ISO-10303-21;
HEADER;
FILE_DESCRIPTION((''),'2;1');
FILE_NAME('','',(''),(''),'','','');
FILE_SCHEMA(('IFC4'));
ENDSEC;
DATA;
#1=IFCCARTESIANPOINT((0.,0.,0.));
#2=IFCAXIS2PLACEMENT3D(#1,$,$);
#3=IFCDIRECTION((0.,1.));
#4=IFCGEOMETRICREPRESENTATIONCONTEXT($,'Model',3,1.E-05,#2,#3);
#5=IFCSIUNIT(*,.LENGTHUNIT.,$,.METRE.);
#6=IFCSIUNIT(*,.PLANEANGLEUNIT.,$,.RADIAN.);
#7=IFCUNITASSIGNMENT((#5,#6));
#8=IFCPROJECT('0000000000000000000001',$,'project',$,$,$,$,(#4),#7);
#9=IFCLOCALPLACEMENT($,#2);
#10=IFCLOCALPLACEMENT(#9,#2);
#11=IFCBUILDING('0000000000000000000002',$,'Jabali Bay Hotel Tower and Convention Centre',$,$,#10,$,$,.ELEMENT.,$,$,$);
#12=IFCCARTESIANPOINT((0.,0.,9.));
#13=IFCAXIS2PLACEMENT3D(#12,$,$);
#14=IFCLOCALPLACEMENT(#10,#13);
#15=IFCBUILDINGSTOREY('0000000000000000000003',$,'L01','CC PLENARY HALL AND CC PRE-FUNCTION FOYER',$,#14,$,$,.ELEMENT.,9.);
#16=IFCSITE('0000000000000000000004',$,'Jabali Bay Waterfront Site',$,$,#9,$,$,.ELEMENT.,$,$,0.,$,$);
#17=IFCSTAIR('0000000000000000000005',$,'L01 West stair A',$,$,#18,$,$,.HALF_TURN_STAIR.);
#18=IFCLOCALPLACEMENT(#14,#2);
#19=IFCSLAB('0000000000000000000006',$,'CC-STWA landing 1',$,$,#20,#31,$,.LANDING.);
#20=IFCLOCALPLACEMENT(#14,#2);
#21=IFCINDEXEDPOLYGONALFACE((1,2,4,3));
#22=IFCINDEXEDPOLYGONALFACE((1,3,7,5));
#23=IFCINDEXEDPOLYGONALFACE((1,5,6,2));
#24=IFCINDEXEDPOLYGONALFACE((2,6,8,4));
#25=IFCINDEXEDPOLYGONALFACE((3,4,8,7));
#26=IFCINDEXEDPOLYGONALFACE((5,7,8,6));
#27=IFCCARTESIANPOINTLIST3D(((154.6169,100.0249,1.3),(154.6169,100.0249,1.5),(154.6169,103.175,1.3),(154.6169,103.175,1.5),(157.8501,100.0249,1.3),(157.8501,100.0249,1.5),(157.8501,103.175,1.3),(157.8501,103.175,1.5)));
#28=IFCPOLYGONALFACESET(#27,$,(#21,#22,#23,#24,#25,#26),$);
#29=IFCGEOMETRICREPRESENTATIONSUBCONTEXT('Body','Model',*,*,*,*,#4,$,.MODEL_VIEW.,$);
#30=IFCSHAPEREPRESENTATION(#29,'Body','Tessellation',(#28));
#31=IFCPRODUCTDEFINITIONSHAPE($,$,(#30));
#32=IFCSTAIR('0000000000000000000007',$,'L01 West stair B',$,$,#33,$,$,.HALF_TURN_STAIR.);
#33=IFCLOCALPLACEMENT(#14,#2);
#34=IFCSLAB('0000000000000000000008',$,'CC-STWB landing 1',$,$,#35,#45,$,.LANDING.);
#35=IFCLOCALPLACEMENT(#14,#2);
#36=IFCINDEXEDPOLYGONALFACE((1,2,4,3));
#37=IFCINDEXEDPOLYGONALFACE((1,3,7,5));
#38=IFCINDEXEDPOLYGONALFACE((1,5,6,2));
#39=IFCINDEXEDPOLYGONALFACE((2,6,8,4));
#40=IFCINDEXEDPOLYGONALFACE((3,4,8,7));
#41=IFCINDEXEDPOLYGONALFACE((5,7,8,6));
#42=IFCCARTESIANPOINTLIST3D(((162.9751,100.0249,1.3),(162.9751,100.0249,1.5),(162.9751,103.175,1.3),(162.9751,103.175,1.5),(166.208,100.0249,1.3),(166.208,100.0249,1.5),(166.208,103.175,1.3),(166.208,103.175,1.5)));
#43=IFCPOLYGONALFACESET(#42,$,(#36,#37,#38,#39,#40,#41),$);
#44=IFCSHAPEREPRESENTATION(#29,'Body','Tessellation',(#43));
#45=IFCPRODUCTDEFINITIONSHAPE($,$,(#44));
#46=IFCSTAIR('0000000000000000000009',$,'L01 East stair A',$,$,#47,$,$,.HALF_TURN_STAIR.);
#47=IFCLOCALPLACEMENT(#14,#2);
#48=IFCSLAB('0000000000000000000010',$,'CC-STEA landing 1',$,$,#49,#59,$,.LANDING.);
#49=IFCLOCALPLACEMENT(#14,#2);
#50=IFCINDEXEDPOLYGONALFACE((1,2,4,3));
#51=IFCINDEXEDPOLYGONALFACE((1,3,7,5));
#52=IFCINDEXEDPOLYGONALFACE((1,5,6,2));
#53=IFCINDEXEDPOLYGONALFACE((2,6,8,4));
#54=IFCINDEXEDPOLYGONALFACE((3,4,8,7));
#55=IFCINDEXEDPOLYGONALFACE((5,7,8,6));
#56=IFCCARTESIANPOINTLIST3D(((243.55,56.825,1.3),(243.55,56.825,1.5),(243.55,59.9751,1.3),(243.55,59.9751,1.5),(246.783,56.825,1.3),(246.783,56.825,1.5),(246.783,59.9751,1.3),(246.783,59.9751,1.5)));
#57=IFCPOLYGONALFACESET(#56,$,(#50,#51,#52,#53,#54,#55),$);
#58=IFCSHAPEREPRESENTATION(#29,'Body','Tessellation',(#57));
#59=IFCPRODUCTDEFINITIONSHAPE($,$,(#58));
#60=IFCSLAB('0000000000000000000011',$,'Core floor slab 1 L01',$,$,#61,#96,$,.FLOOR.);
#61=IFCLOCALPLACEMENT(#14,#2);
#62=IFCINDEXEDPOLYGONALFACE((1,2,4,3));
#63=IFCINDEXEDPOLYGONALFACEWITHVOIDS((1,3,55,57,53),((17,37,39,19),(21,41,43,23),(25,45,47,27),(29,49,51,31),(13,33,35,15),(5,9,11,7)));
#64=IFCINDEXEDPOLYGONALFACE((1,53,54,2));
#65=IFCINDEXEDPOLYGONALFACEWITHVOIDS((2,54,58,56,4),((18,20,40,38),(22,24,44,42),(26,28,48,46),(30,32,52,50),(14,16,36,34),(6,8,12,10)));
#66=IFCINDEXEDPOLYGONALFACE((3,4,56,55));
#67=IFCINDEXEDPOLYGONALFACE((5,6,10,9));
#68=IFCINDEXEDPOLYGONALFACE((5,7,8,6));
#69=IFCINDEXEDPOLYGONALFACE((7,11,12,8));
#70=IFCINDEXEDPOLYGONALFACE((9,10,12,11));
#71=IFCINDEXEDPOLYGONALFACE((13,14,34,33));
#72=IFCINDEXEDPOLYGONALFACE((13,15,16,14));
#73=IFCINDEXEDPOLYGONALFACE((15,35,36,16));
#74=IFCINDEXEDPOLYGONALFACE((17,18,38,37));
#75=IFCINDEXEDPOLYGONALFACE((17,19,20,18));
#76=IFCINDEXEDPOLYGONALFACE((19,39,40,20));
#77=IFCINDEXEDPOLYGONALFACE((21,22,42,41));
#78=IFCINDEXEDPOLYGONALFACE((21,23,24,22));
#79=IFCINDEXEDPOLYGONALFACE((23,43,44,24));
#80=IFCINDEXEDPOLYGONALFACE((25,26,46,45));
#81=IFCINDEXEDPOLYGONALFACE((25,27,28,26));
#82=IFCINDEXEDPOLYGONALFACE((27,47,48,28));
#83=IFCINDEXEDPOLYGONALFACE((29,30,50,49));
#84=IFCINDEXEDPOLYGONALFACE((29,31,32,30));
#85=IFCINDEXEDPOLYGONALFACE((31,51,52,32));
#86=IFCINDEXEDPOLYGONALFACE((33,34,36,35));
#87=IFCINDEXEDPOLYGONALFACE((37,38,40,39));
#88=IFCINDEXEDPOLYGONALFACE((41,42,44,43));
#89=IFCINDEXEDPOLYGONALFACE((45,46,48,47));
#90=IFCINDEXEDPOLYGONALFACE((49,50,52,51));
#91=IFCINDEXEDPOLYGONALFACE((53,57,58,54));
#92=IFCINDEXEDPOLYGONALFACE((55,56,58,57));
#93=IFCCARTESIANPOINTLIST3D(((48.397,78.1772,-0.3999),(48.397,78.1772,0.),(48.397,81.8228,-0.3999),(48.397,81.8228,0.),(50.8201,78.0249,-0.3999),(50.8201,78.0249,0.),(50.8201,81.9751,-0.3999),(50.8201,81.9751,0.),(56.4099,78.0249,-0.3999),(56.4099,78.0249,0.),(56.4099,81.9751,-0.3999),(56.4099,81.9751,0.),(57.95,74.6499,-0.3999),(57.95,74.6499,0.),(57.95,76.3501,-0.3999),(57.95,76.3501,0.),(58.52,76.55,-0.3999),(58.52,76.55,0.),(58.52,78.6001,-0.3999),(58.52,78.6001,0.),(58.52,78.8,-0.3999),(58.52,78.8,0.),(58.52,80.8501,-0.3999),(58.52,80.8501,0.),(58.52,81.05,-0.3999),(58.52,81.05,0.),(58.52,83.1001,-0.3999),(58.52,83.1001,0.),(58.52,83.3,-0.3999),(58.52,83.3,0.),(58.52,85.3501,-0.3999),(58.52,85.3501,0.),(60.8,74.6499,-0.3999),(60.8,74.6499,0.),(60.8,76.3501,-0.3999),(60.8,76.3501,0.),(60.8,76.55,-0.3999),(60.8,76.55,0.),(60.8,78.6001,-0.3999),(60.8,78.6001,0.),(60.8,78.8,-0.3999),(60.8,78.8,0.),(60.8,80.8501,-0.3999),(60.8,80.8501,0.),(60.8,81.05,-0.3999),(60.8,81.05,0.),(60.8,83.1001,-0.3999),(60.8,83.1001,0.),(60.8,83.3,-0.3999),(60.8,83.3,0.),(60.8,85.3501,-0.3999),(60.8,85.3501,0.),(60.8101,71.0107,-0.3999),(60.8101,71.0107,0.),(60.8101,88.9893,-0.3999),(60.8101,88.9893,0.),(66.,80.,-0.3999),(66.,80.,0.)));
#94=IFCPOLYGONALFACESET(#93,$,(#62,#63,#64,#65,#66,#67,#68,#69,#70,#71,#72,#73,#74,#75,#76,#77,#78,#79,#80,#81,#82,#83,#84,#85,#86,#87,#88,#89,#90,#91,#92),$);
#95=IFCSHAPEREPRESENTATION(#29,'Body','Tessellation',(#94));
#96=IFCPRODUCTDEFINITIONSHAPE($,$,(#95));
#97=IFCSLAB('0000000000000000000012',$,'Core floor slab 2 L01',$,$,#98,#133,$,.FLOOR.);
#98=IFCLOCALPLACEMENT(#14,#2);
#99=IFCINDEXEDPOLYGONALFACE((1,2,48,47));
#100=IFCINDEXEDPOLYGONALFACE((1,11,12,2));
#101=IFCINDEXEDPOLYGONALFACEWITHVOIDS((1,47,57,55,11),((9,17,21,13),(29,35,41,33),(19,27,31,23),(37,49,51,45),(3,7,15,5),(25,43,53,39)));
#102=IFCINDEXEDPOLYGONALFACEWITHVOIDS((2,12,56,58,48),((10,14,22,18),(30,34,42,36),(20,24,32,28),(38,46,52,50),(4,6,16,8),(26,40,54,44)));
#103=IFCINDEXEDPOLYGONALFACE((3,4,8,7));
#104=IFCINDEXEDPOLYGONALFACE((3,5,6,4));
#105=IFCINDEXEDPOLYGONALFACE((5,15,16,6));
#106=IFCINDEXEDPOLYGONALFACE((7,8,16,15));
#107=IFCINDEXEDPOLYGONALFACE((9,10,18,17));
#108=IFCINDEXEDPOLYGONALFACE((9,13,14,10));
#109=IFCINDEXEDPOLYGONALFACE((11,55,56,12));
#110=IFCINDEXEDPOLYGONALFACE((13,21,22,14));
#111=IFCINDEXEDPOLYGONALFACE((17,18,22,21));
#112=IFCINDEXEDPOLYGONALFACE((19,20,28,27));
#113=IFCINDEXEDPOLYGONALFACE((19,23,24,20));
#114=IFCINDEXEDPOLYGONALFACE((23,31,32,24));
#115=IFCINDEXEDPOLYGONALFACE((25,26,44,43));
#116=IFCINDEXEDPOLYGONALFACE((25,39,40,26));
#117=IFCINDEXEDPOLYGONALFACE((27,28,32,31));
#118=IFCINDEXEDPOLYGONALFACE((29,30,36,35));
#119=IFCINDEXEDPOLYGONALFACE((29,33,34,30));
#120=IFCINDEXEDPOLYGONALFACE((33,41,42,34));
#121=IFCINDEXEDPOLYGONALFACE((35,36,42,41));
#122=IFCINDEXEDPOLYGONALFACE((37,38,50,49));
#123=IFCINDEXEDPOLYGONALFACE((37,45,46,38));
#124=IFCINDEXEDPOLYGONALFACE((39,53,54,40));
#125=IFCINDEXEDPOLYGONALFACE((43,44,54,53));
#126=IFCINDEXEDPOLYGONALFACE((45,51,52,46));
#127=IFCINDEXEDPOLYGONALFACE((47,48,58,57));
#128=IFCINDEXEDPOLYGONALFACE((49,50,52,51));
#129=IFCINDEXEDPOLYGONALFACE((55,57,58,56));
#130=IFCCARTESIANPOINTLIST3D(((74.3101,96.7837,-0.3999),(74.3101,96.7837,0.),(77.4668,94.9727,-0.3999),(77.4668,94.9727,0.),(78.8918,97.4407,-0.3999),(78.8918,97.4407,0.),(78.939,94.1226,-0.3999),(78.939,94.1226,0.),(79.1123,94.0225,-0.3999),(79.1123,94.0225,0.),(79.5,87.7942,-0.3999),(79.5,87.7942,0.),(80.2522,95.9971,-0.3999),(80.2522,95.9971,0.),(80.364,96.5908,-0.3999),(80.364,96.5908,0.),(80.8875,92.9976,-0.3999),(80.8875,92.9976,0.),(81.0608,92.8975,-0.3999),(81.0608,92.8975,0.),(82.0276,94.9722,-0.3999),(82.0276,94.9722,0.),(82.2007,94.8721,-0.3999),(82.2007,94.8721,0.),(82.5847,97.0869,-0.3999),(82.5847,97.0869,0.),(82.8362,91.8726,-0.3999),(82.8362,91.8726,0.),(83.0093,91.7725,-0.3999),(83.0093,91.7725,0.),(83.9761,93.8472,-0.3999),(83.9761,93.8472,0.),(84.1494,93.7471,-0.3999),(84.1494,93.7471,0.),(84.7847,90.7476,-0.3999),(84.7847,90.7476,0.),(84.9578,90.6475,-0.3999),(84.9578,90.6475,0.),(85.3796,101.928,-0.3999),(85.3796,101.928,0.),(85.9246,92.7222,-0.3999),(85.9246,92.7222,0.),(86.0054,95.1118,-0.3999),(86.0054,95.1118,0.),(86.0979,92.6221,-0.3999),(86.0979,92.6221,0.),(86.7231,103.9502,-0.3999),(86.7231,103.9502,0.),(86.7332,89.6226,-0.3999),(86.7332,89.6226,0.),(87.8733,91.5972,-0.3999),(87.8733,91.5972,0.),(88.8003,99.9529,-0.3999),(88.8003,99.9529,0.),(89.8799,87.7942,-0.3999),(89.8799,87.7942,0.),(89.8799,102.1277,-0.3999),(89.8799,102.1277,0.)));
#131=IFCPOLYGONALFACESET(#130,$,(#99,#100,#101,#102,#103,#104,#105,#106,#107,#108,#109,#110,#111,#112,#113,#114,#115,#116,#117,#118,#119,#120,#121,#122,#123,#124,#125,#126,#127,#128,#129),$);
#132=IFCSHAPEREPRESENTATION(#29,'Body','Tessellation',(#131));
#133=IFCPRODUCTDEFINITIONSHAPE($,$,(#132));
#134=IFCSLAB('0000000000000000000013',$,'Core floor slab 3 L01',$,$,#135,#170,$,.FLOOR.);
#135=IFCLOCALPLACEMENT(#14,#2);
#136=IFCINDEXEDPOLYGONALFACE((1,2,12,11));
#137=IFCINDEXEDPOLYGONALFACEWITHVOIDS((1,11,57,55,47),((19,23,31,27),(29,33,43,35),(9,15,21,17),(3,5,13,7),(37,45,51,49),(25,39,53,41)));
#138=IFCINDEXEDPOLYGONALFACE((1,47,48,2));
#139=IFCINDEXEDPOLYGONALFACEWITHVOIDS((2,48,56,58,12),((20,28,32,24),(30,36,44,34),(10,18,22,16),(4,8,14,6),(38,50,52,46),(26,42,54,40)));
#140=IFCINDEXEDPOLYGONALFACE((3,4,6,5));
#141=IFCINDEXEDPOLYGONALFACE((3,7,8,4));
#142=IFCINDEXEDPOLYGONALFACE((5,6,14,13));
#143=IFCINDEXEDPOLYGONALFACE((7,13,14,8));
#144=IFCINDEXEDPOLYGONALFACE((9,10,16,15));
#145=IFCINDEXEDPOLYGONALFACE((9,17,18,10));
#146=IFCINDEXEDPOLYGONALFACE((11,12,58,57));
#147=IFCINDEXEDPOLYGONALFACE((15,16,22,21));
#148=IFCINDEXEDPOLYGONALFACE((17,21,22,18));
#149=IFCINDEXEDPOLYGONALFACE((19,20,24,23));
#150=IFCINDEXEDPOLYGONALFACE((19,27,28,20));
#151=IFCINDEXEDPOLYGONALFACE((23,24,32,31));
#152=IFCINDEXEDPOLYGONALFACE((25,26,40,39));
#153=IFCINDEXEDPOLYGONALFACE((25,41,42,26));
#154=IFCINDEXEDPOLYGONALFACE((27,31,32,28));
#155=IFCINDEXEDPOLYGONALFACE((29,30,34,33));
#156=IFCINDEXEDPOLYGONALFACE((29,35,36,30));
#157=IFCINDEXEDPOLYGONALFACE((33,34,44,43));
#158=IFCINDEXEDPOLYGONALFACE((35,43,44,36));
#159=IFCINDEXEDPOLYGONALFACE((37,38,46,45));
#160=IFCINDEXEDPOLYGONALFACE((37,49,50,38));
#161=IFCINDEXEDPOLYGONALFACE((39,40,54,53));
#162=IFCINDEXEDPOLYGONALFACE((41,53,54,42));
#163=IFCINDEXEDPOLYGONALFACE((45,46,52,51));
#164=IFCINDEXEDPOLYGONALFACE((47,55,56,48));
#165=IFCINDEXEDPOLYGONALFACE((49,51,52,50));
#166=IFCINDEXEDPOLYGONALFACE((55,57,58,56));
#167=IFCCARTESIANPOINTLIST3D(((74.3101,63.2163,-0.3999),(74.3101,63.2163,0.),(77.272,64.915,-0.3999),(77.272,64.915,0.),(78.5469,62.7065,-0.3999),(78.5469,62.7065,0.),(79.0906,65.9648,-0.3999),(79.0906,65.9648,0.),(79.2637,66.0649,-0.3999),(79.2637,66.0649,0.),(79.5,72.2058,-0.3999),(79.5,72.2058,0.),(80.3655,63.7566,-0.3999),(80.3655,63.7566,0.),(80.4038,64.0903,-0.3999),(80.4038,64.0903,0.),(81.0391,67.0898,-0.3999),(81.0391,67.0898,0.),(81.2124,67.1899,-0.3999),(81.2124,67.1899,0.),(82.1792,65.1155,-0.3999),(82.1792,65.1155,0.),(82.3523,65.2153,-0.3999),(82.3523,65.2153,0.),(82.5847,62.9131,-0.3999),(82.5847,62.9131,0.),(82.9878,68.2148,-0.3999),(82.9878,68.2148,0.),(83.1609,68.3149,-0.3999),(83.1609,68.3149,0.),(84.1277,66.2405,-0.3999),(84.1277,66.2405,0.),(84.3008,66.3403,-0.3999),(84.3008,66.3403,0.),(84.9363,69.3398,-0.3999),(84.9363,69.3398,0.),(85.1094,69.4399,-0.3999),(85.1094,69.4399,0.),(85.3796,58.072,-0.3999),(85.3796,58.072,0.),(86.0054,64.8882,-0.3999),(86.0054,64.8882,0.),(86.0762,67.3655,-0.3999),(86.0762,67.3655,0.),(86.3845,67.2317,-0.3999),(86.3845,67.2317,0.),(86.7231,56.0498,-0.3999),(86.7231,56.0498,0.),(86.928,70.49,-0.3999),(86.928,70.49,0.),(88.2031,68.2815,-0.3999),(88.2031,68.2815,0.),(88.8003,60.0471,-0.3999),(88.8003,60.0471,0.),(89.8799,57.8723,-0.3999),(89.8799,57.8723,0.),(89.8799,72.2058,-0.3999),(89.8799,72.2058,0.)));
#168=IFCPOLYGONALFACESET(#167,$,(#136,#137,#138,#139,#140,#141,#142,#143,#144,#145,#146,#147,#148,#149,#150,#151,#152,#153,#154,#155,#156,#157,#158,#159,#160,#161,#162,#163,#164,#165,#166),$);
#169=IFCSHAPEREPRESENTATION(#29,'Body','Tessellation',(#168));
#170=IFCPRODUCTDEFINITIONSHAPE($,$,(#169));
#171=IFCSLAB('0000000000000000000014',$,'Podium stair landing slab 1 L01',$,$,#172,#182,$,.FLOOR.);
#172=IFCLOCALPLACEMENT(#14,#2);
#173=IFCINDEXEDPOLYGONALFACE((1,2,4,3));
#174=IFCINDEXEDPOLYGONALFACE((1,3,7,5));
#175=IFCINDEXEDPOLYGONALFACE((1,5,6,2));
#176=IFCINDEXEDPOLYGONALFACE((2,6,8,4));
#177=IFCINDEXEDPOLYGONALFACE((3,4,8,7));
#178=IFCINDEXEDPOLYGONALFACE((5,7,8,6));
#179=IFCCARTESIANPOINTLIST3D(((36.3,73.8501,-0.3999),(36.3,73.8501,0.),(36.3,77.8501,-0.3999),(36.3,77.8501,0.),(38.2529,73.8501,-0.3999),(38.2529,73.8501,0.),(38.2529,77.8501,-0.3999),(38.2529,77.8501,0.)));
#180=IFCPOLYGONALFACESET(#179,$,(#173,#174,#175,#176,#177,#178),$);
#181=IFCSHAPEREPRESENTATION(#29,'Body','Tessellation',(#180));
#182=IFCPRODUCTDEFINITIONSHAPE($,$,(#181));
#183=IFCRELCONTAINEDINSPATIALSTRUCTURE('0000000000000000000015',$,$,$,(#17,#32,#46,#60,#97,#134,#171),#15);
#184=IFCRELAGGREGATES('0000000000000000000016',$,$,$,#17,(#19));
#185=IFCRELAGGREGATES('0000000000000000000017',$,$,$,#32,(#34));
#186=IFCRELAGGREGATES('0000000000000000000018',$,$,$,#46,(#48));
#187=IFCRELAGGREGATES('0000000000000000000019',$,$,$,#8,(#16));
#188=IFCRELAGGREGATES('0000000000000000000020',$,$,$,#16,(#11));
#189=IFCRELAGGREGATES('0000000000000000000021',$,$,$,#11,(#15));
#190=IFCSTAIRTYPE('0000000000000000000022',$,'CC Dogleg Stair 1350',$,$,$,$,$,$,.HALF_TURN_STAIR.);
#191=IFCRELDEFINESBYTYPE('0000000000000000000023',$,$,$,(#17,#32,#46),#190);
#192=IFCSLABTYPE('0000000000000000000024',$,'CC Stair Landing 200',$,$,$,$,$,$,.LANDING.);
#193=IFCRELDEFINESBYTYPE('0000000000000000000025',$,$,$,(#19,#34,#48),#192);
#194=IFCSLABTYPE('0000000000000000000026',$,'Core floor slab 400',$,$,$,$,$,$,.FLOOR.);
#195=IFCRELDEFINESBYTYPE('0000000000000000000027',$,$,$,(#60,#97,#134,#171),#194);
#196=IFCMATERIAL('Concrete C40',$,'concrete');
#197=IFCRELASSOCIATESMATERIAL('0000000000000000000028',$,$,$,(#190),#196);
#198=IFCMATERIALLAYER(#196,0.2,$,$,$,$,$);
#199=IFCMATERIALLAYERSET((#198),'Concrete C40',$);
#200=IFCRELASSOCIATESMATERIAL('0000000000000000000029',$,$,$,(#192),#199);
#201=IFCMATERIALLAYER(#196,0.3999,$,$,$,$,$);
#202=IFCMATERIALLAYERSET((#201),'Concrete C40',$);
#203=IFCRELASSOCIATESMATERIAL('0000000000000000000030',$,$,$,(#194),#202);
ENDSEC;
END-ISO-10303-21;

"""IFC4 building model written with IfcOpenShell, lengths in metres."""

from ifc_helpers import new_model, si_unit, direction, frame, origin, place, context, subcontext, project, spatial, polyline, outline, extrude, material, layer, layer_set, type_object, element, aggregate, save


model = new_model("IFC4")

# Units and contexts
model_context = context("Model", 3, precision=1e-05, world=origin(), true_north=direction((0.0, 1.0)))
body_context = subcontext(model_context, "Body", "Model", "MODEL_VIEW")
ifc_project = project(units=[si_unit("LENGTHUNIT", "METRE"), si_unit("PLANEANGLEUNIT", "RADIAN")], contexts=[model_context])

# Site, building, storey
site_placement = place(None, origin())
site = spatial("IfcSite", under=ifc_project, at=site_placement, Name="Jabali Bay Waterfront Site", CompositionType="ELEMENT", RefElevation=0.0)
building_placement = place(site_placement, origin())
building = spatial("IfcBuilding", under=site, at=building_placement, Name="Jabali Bay Hotel Tower and Convention Centre", CompositionType="ELEMENT")
storey_placement = place(building_placement, frame((0.0, 0.0, 9.0)))
storey = spatial("IfcBuildingStorey", under=building, at=storey_placement, Name="L01", Description="CC PLENARY HALL AND CC PRE-FUNCTION FOYER", CompositionType="ELEMENT", Elevation=9.0)

# Stairs, slabs
ifc_material = material(Name="Concrete C40", Category="concrete")
stair_type_1 = type_object("IfcStairType", Name="CC Dogleg Stair 1350", PredefinedType="HALF_TURN_STAIR", material=ifc_material)
stair_1_placement = place(storey_placement, origin())
stair_1 = element("IfcStair", 1, at=stair_1_placement, inside=storey, type_object=stair_type_1, Name="L01 West stair A", PredefinedType="HALF_TURN_STAIR")
ifc_layer_1 = layer(ifc_material, 0.2)
ifc_layer_set_1 = layer_set([ifc_layer_1], Name="Concrete C40")
slab_type_1 = type_object("IfcSlabType", Name="CC Stair Landing 200", PredefinedType="LANDING", material=ifc_layer_set_1)
slab_1_placement = place(storey_placement, frame((0.0, 0.0, 1.3)))
slab_1 = element("IfcSlab", 2, at=slab_1_placement, type_object=slab_type_1, Name="CC-STWA landing 1", PredefinedType="LANDING", context=body_context, shape_type="SweptSolid", body=[
    extrude(outline(polyline([(154.6169, 100.0249), (157.8501, 100.0249), (157.8501, 103.175), (154.6169, 103.175), (154.6169, 100.0249)])), origin(), (0.0, 0.0, 1.0), 0.2),
])
aggregate(stair_1, [slab_1])
stair_2_placement = place(storey_placement, origin())
stair_2 = element("IfcStair", 3, at=stair_2_placement, inside=storey, type_object=stair_type_1, Name="L01 West stair B", PredefinedType="HALF_TURN_STAIR")
slab_2_placement = place(storey_placement, frame((0.0, 0.0, 1.3)))
slab_2 = element("IfcSlab", 4, at=slab_2_placement, type_object=slab_type_1, Name="CC-STWB landing 1", PredefinedType="LANDING", context=body_context, shape_type="SweptSolid", body=[
    extrude(outline(polyline([(162.9751, 100.0249), (166.208, 100.0249), (166.208, 103.175), (162.9751, 103.175), (162.9751, 100.0249)])), origin(), (0.0, 0.0, 1.0), 0.2),
])
aggregate(stair_2, [slab_2])
stair_3_placement = place(storey_placement, origin())
stair_3 = element("IfcStair", 5, at=stair_3_placement, inside=storey, type_object=stair_type_1, Name="L01 East stair A", PredefinedType="HALF_TURN_STAIR")
slab_3_placement = place(storey_placement, frame((0.0, 0.0, 1.3)))
slab_3 = element("IfcSlab", 6, at=slab_3_placement, type_object=slab_type_1, Name="CC-STEA landing 1", PredefinedType="LANDING", context=body_context, shape_type="SweptSolid", body=[
    extrude(outline(polyline([(243.55, 56.825), (246.783, 56.825), (246.783, 59.9751), (243.55, 59.9751), (243.55, 56.825)])), origin(), (0.0, 0.0, 1.0), 0.2),
])
aggregate(stair_3, [slab_3])

# Slabs
ifc_layer_2 = layer(ifc_material, 0.3999)
ifc_layer_set_2 = layer_set([ifc_layer_2], Name="Concrete C40")
slab_type_2 = type_object("IfcSlabType", Name="Core floor slab 400", PredefinedType="FLOOR", material=ifc_layer_set_2)
slab_4_placement = place(storey_placement, frame((0.0, 0.0, -0.3999)))
element("IfcSlab", 7, at=slab_4_placement, inside=storey, type_object=slab_type_2, Name="Core floor slab 1 L01", PredefinedType="FLOOR", context=body_context, shape_type="SweptSolid", body=[
    extrude(outline(polyline([(66.0, 80.0), (60.8101, 88.9893), (48.397, 81.8228), (48.397, 78.1772), (60.8101, 71.0107), (66.0, 80.0)]), holes=[polyline([(60.8, 74.6499), (60.8, 76.3501), (57.95, 76.3501), (57.95, 74.6499), (60.8, 74.6499)]), polyline([(58.52, 76.55), (60.8, 76.55), (60.8, 78.6001), (58.52, 78.6001), (58.52, 76.55)]), polyline([(58.52, 78.8), (60.8, 78.8), (60.8, 80.8501), (58.52, 80.8501), (58.52, 78.8)]), polyline([(56.4099, 81.9751), (50.8201, 81.9751), (50.8201, 78.0249), (56.4099, 78.0249), (56.4099, 81.9751)]), polyline([(58.52, 81.05), (60.8, 81.05), (60.8, 83.1001), (58.52, 83.1001), (58.52, 81.05)]), polyline([(58.52, 83.3), (60.8, 83.3), (60.8, 85.3501), (58.52, 85.3501), (58.52, 83.3)])]), origin(), (0.0, 0.0, 1.0), 0.3999),
])
slab_5_placement = place(storey_placement, frame((0.0, 0.0, -0.3999)))
element("IfcSlab", 8, at=slab_5_placement, inside=storey, type_object=slab_type_2, Name="Core floor slab 2 L01", PredefinedType="FLOOR", context=body_context, shape_type="SweptSolid", body=[
    extrude(outline(polyline([(79.5, 87.7942), (89.8799, 87.7942), (89.8799, 102.1277), (86.7231, 103.9502), (74.3101, 96.7837), (79.5, 87.7942)]), holes=[polyline([(84.9578, 90.6475), (86.7332, 89.6226), (87.8733, 91.5972), (86.0979, 92.6221), (84.9578, 90.6475)]), polyline([(84.1494, 93.7471), (83.0093, 91.7725), (84.7847, 90.7476), (85.9246, 92.7222), (84.1494, 93.7471)]), polyline([(82.2007, 94.8721), (81.0608, 92.8975), (82.8362, 91.8726), (83.9761, 93.8472), (82.2007, 94.8721)]), polyline([(79.1123, 94.0225), (80.8875, 92.9976), (82.0276, 94.9722), (80.2522, 95.9971), (79.1123, 94.0225)]), polyline([(78.8918, 97.4407), (77.4668, 94.9727), (78.939, 94.1226), (80.364, 96.5908), (78.8918, 97.4407)]), polyline([(82.5847, 97.0869), (86.0054, 95.1118), (88.8003, 99.9529), (85.3796, 101.928), (82.5847, 97.0869)])]), origin(), (0.0, 0.0, 1.0), 0.3999),
])
slab_6_placement = place(storey_placement, frame((0.0, 0.0, -0.3999)))
element("IfcSlab", 9, at=slab_6_placement, inside=storey, type_object=slab_type_2, Name="Core floor slab 3 L01", PredefinedType="FLOOR", context=body_context, shape_type="SweptSolid", body=[
    extrude(outline(polyline([(79.5, 72.2058), (74.3101, 63.2163), (86.7231, 56.0498), (89.8799, 57.8723), (89.8799, 72.2058), (79.5, 72.2058)]), holes=[polyline([(82.5847, 62.9131), (85.3796, 58.072), (88.8003, 60.0471), (86.0054, 64.8882), (82.5847, 62.9131)]), polyline([(80.3655, 63.7566), (79.0906, 65.9648), (77.272, 64.915), (78.5469, 62.7065), (80.3655, 63.7566)]), polyline([(82.1792, 65.1155), (81.0391, 67.0898), (79.2637, 66.0649), (80.4038, 64.0903), (82.1792, 65.1155)]), polyline([(82.9878, 68.2148), (81.2124, 67.1899), (82.3523, 65.2153), (84.1277, 66.2405), (82.9878, 68.2148)]), polyline([(86.0762, 67.3655), (84.9363, 69.3398), (83.1609, 68.3149), (84.3008, 66.3403), (86.0762, 67.3655)]), polyline([(88.2031, 68.2815), (86.928, 70.49), (85.1094, 69.4399), (86.3845, 67.2317), (88.2031, 68.2815)])]), origin(), (0.0, 0.0, 1.0), 0.3999),
])
slab_7_placement = place(storey_placement, frame((0.0, 0.0, -0.3999)))
element("IfcSlab", 10, at=slab_7_placement, inside=storey, type_object=slab_type_2, Name="Podium stair landing slab 1 L01", PredefinedType="FLOOR", context=body_context, shape_type="SweptSolid", body=[
    extrude(outline(polyline([(36.3, 73.8501), (38.2529, 73.8501), (38.2529, 77.8501), (36.3, 77.8501), (36.3, 73.8501)])), origin(), (0.0, 0.0, 1.0), 0.3999),
])

save(model, "model.ifc")
